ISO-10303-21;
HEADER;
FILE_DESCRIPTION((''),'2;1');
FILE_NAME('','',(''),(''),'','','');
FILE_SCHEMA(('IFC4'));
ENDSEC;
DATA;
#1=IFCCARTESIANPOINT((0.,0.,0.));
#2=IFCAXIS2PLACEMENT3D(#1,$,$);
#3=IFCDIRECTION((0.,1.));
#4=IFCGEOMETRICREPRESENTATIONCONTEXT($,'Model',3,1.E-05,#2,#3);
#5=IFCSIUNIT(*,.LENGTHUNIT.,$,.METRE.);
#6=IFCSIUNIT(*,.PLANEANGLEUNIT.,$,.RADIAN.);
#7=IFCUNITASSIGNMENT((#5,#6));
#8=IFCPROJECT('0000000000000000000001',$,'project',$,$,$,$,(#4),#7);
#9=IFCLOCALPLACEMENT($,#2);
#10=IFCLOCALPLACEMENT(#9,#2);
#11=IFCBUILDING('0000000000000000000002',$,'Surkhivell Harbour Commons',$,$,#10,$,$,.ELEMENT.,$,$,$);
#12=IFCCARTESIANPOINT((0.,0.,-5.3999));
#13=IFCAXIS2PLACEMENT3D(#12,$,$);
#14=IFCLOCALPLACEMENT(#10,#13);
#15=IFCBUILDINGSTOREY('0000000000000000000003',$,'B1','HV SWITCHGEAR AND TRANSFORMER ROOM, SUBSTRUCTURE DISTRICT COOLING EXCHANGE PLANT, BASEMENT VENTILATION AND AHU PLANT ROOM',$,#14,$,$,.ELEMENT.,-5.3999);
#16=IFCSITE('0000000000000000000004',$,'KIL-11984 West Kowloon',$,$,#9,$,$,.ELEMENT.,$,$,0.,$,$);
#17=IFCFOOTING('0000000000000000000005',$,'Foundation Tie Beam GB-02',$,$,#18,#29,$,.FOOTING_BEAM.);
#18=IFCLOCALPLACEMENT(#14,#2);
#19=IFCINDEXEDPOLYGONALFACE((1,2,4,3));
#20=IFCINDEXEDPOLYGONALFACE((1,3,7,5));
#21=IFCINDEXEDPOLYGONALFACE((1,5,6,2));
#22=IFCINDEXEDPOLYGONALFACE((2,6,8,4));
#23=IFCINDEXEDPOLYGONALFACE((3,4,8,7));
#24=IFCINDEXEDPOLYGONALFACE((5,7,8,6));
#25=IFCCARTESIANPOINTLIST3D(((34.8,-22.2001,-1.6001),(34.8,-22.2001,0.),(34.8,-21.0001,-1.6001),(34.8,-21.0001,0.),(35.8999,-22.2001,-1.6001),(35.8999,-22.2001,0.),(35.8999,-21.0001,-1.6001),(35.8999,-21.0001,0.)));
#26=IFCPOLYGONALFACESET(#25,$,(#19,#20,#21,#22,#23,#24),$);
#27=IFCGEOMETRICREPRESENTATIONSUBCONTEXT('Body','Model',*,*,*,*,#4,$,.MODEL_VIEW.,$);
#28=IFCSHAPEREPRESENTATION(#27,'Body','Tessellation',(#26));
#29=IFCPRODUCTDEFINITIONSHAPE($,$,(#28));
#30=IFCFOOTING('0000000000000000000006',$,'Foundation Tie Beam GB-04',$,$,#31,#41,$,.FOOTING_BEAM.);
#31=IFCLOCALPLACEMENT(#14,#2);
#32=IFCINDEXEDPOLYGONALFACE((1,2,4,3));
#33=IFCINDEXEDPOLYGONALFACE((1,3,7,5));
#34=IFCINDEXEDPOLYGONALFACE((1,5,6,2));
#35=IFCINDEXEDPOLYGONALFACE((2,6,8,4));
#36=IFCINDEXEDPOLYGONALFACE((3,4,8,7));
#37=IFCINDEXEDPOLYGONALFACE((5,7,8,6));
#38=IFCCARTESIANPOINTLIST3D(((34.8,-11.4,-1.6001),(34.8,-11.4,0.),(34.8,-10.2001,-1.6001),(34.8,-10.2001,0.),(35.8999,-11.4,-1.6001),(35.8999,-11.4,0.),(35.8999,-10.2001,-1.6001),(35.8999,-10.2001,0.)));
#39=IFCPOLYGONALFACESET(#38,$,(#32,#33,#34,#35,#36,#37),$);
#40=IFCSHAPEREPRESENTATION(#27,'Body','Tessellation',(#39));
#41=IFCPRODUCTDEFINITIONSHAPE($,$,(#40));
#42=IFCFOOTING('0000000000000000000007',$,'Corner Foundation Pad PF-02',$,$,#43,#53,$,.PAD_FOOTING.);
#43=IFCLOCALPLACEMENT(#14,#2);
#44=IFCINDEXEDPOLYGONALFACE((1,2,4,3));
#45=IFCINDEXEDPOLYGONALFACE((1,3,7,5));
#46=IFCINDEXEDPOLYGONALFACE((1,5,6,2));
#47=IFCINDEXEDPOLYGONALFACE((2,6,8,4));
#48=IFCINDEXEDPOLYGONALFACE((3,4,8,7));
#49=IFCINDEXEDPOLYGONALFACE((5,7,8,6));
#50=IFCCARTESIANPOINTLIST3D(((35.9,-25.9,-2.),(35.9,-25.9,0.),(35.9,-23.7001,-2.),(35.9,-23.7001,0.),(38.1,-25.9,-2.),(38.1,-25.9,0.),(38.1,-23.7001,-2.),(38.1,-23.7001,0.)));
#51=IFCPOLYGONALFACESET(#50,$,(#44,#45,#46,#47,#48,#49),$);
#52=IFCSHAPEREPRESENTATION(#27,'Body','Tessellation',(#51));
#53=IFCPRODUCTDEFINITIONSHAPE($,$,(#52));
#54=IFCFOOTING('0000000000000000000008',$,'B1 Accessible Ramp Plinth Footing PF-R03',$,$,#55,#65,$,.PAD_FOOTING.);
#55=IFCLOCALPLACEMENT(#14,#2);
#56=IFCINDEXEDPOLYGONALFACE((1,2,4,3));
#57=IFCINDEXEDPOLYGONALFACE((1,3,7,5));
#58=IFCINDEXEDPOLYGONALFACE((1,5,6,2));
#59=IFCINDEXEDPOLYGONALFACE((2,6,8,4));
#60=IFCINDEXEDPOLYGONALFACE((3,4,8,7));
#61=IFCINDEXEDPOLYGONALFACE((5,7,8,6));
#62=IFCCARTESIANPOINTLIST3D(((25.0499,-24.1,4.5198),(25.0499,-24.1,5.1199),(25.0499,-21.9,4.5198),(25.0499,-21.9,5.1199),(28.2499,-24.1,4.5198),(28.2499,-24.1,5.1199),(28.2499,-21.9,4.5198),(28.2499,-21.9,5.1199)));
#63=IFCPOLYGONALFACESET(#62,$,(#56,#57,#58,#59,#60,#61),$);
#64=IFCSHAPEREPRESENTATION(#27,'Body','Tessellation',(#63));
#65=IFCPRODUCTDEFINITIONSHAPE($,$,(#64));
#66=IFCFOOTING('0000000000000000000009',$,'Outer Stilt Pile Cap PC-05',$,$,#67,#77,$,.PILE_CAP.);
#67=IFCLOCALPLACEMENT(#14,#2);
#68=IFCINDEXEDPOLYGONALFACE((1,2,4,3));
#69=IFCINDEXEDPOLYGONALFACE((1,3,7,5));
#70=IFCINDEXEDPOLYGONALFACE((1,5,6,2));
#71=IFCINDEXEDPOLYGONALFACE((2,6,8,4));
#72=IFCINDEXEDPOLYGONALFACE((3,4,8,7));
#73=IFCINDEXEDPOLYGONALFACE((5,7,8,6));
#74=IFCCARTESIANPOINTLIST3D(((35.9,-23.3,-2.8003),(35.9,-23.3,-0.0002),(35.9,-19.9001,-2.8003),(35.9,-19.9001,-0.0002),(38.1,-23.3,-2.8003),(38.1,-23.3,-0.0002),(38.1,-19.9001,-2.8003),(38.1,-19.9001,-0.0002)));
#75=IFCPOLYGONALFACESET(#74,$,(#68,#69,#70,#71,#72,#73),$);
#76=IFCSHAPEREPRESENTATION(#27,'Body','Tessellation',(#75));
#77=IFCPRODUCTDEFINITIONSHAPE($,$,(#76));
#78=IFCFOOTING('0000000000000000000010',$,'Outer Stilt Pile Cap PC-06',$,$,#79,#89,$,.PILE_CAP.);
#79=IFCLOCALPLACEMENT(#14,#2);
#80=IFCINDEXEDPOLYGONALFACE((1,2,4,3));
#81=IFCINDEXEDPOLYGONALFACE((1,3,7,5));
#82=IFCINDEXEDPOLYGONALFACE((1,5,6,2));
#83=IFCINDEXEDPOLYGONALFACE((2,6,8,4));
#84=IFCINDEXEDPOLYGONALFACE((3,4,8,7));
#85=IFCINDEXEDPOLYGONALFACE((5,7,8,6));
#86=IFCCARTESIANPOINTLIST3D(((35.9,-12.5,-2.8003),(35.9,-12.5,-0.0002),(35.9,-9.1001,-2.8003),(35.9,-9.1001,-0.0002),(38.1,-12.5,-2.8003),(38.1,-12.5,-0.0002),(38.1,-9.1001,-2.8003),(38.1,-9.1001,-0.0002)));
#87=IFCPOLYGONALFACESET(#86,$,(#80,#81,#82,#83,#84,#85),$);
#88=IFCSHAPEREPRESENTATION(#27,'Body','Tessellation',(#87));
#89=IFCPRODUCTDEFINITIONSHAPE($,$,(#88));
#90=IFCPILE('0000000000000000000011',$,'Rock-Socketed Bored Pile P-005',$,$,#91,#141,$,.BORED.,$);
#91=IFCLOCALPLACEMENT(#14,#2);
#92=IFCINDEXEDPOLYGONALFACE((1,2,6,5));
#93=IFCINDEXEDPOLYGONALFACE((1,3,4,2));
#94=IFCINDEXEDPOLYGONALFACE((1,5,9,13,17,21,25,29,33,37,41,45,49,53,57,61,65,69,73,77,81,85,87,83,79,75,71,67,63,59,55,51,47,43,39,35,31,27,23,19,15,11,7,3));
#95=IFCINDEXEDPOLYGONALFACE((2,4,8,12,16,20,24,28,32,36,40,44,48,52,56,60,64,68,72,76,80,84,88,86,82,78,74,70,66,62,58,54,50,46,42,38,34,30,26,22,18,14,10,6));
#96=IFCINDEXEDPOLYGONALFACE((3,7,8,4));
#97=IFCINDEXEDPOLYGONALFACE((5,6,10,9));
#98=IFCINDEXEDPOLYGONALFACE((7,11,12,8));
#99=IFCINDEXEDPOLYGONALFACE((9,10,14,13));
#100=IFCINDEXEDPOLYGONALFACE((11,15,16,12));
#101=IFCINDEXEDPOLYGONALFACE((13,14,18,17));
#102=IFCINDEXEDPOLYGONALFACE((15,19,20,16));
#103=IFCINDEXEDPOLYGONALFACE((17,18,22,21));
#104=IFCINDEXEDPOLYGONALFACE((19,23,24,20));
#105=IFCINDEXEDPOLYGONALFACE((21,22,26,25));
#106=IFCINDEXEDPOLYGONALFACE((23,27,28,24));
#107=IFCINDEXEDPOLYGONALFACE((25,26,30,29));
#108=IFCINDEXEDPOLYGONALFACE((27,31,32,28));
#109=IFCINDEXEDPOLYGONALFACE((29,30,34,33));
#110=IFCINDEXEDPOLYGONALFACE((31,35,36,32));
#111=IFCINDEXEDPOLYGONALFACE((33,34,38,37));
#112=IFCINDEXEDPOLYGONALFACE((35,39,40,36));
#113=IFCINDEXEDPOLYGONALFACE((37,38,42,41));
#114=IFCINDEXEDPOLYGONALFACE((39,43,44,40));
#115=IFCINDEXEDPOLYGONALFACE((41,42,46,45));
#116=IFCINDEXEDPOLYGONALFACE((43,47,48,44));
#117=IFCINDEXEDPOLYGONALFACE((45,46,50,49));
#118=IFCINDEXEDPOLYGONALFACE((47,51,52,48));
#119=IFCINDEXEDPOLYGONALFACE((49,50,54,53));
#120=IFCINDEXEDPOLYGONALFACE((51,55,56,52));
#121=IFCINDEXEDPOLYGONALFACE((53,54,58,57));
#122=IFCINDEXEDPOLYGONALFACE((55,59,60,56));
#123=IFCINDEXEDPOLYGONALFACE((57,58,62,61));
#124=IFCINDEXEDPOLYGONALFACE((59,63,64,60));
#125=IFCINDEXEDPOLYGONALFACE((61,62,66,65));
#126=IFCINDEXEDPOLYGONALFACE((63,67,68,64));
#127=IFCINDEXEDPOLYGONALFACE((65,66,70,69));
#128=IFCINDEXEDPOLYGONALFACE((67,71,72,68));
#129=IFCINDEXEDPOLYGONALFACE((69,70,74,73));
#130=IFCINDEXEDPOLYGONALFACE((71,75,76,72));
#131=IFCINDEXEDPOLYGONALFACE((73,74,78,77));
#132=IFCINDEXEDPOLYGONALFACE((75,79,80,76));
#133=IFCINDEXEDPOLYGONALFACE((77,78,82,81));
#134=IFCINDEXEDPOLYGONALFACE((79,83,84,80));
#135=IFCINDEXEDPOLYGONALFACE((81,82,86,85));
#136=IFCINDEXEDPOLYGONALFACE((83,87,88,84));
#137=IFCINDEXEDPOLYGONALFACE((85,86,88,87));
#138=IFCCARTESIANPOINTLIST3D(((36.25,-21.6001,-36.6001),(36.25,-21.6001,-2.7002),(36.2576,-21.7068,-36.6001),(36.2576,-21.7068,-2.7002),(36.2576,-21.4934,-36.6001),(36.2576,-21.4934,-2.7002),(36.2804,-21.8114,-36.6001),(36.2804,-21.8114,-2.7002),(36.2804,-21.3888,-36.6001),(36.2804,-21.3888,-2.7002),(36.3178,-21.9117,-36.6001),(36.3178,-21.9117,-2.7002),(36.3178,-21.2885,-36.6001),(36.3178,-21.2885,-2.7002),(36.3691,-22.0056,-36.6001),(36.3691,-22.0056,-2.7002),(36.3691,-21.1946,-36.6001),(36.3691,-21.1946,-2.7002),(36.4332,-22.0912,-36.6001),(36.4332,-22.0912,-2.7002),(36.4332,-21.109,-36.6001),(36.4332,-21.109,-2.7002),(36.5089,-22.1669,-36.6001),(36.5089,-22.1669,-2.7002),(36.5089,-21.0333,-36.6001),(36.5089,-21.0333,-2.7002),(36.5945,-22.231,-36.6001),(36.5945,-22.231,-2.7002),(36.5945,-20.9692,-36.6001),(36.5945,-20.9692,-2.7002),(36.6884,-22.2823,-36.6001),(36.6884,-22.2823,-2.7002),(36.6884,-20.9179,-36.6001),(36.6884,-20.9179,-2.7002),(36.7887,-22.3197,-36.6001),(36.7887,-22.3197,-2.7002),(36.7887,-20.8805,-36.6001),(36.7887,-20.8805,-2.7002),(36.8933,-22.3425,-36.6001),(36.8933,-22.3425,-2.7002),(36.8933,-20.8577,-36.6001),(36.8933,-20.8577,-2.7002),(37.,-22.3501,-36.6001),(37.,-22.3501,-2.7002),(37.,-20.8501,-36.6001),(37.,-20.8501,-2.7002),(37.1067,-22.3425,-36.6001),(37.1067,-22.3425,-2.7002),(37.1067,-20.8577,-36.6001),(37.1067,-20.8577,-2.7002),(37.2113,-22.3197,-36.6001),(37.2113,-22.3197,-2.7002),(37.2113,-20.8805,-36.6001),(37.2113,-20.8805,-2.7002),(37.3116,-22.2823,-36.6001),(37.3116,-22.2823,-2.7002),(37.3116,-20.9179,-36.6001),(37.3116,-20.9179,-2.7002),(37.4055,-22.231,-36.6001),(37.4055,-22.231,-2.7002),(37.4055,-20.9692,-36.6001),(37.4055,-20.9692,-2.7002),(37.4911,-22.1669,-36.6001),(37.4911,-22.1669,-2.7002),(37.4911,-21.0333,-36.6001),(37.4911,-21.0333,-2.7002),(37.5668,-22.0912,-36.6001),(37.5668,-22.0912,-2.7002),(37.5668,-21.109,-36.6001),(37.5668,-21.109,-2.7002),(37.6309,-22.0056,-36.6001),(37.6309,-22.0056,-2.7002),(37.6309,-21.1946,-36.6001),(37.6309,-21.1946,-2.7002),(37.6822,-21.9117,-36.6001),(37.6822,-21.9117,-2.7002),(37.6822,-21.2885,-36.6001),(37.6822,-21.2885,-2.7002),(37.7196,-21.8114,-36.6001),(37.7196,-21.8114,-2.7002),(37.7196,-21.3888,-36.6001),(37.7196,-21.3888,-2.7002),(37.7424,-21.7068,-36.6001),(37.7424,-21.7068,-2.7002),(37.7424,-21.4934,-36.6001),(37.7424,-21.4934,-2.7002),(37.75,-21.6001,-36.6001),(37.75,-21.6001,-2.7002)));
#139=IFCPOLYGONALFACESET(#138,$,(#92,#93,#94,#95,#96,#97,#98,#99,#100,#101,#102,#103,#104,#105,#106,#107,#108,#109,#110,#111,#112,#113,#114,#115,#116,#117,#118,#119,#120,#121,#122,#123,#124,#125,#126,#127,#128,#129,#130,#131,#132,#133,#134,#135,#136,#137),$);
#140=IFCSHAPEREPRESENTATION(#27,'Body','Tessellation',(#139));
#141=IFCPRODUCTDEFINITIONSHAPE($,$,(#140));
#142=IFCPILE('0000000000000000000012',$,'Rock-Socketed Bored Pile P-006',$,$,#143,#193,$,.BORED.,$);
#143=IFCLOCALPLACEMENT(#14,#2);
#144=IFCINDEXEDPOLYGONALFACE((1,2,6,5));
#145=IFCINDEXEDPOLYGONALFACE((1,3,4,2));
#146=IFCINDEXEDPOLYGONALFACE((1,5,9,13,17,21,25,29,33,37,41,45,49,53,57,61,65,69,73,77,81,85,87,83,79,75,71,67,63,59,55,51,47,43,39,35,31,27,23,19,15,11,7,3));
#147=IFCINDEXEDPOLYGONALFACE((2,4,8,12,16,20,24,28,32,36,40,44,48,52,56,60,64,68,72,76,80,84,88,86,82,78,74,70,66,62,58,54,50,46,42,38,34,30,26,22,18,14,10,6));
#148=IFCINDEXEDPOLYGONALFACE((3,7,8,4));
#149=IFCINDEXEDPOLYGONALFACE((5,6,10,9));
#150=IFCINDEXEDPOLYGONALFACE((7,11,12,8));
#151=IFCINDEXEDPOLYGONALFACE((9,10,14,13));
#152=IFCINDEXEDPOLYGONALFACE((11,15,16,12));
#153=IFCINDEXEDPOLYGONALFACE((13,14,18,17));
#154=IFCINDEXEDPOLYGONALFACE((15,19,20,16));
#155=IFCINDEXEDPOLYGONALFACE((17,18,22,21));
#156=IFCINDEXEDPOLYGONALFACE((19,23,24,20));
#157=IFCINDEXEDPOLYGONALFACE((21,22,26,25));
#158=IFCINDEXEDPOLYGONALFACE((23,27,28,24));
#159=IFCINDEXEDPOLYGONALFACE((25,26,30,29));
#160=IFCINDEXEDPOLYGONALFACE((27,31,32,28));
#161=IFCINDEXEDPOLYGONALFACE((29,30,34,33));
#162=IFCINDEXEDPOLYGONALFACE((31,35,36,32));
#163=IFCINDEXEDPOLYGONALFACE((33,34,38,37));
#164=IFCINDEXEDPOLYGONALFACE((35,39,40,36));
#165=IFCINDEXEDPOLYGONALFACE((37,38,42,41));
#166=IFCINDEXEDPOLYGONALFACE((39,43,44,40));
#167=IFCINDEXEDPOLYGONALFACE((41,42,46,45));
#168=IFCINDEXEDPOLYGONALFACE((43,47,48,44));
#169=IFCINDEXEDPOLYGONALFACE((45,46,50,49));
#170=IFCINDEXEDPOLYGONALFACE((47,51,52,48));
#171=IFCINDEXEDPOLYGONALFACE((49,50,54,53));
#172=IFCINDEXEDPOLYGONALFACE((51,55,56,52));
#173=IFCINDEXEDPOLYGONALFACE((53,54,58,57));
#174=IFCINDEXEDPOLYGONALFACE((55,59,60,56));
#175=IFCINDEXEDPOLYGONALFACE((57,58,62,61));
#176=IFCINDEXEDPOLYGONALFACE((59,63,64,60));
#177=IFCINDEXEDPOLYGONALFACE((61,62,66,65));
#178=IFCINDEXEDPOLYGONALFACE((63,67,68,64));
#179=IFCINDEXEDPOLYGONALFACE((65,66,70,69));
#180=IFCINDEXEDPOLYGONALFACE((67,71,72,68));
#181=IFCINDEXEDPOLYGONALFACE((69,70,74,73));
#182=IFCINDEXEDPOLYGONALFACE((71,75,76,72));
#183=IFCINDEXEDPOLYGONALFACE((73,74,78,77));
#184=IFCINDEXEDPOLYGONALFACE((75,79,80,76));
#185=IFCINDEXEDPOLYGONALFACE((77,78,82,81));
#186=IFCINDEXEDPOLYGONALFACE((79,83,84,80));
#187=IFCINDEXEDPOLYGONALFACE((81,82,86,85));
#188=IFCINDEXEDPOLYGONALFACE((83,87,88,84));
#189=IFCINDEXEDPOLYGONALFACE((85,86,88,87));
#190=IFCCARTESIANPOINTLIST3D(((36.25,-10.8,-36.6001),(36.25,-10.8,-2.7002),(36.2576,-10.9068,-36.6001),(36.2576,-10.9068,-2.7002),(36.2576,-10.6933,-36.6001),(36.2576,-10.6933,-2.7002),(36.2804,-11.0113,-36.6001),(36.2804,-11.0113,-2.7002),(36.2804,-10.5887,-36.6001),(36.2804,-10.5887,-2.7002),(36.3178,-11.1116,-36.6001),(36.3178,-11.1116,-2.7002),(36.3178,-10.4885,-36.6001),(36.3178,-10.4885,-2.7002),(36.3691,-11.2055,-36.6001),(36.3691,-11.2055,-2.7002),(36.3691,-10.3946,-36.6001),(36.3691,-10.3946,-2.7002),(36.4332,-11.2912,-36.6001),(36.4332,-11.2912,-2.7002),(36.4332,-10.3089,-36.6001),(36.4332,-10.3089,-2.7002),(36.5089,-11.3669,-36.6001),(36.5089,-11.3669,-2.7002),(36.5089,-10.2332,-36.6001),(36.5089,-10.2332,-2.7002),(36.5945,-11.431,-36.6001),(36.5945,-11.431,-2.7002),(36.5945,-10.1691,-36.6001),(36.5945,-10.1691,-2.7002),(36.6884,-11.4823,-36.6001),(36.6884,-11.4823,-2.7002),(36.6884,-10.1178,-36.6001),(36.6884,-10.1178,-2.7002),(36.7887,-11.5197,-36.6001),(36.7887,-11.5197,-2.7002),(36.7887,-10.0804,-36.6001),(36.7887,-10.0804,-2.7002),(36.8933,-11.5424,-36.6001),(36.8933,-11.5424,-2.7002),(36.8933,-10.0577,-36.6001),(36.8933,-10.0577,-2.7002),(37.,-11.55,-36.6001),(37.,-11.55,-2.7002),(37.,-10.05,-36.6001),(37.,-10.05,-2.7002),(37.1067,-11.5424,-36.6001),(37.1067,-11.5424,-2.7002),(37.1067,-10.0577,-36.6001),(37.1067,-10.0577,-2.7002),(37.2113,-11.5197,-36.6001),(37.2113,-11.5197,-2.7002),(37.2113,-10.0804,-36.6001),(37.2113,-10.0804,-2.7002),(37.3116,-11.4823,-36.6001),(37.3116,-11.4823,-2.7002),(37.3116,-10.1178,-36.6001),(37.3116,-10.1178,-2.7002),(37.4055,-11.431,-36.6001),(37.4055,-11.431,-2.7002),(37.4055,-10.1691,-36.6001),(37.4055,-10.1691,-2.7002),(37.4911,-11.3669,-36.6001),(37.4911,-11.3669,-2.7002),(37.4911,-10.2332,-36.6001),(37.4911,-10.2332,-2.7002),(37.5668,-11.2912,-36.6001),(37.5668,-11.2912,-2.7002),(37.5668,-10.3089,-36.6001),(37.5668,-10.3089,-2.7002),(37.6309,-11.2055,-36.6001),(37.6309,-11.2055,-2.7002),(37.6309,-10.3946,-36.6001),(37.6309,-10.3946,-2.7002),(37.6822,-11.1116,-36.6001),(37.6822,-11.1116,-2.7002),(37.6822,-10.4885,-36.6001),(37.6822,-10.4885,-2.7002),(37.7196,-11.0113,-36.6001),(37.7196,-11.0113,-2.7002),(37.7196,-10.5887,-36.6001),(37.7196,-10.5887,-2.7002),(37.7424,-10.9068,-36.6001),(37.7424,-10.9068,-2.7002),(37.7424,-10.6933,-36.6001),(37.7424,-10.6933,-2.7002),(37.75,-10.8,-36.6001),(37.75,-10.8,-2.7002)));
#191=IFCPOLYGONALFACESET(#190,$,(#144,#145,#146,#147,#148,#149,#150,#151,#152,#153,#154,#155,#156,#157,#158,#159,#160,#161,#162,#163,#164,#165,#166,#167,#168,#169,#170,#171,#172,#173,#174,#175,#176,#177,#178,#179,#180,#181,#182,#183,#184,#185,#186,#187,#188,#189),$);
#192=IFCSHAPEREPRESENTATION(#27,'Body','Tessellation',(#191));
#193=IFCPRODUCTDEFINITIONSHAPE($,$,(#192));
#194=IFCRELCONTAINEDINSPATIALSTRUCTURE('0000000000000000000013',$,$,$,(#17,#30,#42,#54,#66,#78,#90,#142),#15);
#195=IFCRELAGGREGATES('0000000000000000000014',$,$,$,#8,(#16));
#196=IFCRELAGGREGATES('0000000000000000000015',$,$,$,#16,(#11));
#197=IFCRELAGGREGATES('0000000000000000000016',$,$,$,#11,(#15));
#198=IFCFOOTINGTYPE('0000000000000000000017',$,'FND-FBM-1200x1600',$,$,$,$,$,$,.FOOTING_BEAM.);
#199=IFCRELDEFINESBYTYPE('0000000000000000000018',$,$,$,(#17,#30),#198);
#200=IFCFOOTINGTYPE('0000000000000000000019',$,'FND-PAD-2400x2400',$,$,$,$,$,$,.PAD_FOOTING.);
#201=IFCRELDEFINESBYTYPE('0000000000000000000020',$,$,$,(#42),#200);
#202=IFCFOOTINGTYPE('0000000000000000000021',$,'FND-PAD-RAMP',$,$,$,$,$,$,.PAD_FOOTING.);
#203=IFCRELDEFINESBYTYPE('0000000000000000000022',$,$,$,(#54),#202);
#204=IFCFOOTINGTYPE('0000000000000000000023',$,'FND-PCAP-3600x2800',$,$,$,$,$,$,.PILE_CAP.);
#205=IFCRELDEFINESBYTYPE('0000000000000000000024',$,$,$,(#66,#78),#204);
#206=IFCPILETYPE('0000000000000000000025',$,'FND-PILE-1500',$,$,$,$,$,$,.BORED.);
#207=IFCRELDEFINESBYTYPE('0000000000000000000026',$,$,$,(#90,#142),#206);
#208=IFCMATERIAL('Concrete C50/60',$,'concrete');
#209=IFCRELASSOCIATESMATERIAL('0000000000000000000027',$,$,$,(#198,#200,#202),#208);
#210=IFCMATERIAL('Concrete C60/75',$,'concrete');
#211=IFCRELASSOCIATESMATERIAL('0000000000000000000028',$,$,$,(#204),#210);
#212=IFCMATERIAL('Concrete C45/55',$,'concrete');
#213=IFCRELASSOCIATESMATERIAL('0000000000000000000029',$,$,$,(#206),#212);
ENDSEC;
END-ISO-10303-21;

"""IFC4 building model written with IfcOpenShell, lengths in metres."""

from ifc_helpers import new_model, si_unit, direction, frame, origin, origin_2d, place, context, subcontext, project, spatial, rectangle, circle, extrude, material, material_profile, profile_set, type_object, element, save


model = new_model("IFC4")

# Units and contexts
model_context = context("Model", 3, precision=1e-05, world=origin(), true_north=direction((0.0, 1.0)))
body_context = subcontext(model_context, "Body", "Model", "MODEL_VIEW")
ifc_project = project(units=[si_unit("LENGTHUNIT", "METRE"), si_unit("PLANEANGLEUNIT", "RADIAN")], contexts=[model_context])

# Site, building, storey
site_placement = place(None, origin())
site = spatial("IfcSite", under=ifc_project, at=site_placement, Name="KIL-11984 West Kowloon", CompositionType="ELEMENT", RefElevation=0.0)
building_placement = place(site_placement, origin())
building = spatial("IfcBuilding", under=site, at=building_placement, Name="Surkhivell Harbour Commons", CompositionType="ELEMENT")
storey_placement = place(building_placement, frame((0.0, 0.0, -5.3999)))
storey = spatial("IfcBuildingStorey", under=building, at=storey_placement, Name="B1", Description="HV SWITCHGEAR AND TRANSFORMER ROOM, SUBSTRUCTURE DISTRICT COOLING EXCHANGE PLANT, BASEMENT VENTILATION AND AHU PLANT ROOM", CompositionType="ELEMENT", Elevation=-5.3999)

# Footings
ifc_material_1 = material(Name="Concrete C50/60", Category="concrete")
ifc_material_profile_1 = material_profile(ifc_material_1, rectangle(XDim=1.2, YDim=1.6001, at=origin_2d()), Name="RC-FBM-1200x1600")
ifc_profile_set_1 = profile_set([ifc_material_profile_1], Name="Concrete C50/60")
footing_type_1 = type_object("IfcFootingType", Name="FND-FBM-1200x1600", PredefinedType="FOOTING_BEAM", material=ifc_profile_set_1)
for number, where, z_axis, x_axis, name in (
    (1, (34.8, -21.6001, -0.8), (1.0, 0.0, 0.0), (0.0, 1.0, 0.0), "Foundation Tie Beam GB-02"),
    (2, (34.8, -10.8, -0.8), (1.0, 0.0, 0.0), (0.0, 1.0, 0.0), "Foundation Tie Beam GB-04"),
):
    element("IfcFooting", number, at=place(storey_placement, frame(where, z_axis=z_axis, x_axis=x_axis)), inside=storey, type_object=footing_type_1, Name=name, PredefinedType="FOOTING_BEAM", context=body_context, shape_type="SweptSolid", body=[
        extrude(rectangle(XDim=1.2, YDim=1.6001, at=origin_2d()), origin(), (0.0, 0.0, 1.0), 1.0999),
    ])
footing_type_2 = type_object("IfcFootingType", Name="FND-PAD-2400x2400", PredefinedType="PAD_FOOTING", material=ifc_material_1)
footing_1_placement = place(storey_placement, frame((37.0, -24.8, -2.0), z_axis=(0.0, 0.0, 1.0), x_axis=(1.0, 0.0, 0.0)))
element("IfcFooting", 3, at=footing_1_placement, inside=storey, type_object=footing_type_2, Name="Corner Foundation Pad PF-02", PredefinedType="PAD_FOOTING", context=body_context, shape_type="SweptSolid", body=[
    extrude(rectangle(XDim=2.2, YDim=2.2, at=origin_2d()), origin(), (0.0, 0.0, 1.0), 2.0),
])
footing_type_3 = type_object("IfcFootingType", Name="FND-PAD-RAMP", PredefinedType="PAD_FOOTING", material=ifc_material_1)
footing_2_placement = place(storey_placement, frame((26.6499, -23.0, 4.5198), z_axis=(0.0, 0.0, 1.0), x_axis=(1.0, 0.0, 0.0)))
element("IfcFooting", 4, at=footing_2_placement, inside=storey, type_object=footing_type_3, Name="B1 Accessible Ramp Plinth Footing PF-R03", PredefinedType="PAD_FOOTING", context=body_context, shape_type="SweptSolid", body=[
    extrude(rectangle(XDim=3.2, YDim=2.2, at=origin_2d()), origin(), (0.0, 0.0, 1.0), 0.6001),
])
ifc_material_2 = material(Name="Concrete C60/75", Category="concrete")
footing_type_4 = type_object("IfcFootingType", Name="FND-PCAP-3600x2800", PredefinedType="PILE_CAP", material=ifc_material_2)
for number, where, z_axis, x_axis, name in (
    (5, (37.0, -21.6001, -2.8003), (0.0, 0.0, 1.0), (1.0, 0.0, 0.0), "Outer Stilt Pile Cap PC-05"),
    (6, (37.0, -10.8, -2.8003), (0.0, 0.0, 1.0), (1.0, 0.0, 0.0), "Outer Stilt Pile Cap PC-06"),
):
    element("IfcFooting", number, at=place(storey_placement, frame(where, z_axis=z_axis, x_axis=x_axis)), inside=storey, type_object=footing_type_4, Name=name, PredefinedType="PILE_CAP", context=body_context, shape_type="SweptSolid", body=[
        extrude(rectangle(XDim=2.2, YDim=3.3999, at=origin_2d()), origin(), (0.0, 0.0, 1.0), 2.8),
    ])

# Piles
ifc_material_3 = material(Name="Concrete C45/55", Category="concrete")
ifc_material_profile_2 = material_profile(ifc_material_3, circle(Radius=0.75, at=origin_2d()), Name="PILE-1500")
ifc_profile_set_2 = profile_set([ifc_material_profile_2], Name="Concrete C45/55")
pile_type_1 = type_object("IfcPileType", Name="FND-PILE-1500", PredefinedType="BORED", material=ifc_profile_set_2)
for number, where, z_axis, x_axis, name in (
    (7, (37.0, -21.6001, -2.7002), (0.0, 0.0, -1.0), (1.0, 0.0, 0.0), "Rock-Socketed Bored Pile P-005"),
    (8, (37.0, -10.8, -2.7002), (0.0, 0.0, -1.0), (1.0, 0.0, 0.0), "Rock-Socketed Bored Pile P-006"),
):
    element("IfcPile", number, at=place(storey_placement, frame(where, z_axis=z_axis, x_axis=x_axis)), inside=storey, type_object=pile_type_1, Name=name, PredefinedType="BORED", context=body_context, shape_type="SweptSolid", body=[
        extrude(circle(Radius=0.75, at=origin_2d()), origin(), (0.0, 0.0, 1.0), 33.8999),
    ])

save(model, "model.ifc")
